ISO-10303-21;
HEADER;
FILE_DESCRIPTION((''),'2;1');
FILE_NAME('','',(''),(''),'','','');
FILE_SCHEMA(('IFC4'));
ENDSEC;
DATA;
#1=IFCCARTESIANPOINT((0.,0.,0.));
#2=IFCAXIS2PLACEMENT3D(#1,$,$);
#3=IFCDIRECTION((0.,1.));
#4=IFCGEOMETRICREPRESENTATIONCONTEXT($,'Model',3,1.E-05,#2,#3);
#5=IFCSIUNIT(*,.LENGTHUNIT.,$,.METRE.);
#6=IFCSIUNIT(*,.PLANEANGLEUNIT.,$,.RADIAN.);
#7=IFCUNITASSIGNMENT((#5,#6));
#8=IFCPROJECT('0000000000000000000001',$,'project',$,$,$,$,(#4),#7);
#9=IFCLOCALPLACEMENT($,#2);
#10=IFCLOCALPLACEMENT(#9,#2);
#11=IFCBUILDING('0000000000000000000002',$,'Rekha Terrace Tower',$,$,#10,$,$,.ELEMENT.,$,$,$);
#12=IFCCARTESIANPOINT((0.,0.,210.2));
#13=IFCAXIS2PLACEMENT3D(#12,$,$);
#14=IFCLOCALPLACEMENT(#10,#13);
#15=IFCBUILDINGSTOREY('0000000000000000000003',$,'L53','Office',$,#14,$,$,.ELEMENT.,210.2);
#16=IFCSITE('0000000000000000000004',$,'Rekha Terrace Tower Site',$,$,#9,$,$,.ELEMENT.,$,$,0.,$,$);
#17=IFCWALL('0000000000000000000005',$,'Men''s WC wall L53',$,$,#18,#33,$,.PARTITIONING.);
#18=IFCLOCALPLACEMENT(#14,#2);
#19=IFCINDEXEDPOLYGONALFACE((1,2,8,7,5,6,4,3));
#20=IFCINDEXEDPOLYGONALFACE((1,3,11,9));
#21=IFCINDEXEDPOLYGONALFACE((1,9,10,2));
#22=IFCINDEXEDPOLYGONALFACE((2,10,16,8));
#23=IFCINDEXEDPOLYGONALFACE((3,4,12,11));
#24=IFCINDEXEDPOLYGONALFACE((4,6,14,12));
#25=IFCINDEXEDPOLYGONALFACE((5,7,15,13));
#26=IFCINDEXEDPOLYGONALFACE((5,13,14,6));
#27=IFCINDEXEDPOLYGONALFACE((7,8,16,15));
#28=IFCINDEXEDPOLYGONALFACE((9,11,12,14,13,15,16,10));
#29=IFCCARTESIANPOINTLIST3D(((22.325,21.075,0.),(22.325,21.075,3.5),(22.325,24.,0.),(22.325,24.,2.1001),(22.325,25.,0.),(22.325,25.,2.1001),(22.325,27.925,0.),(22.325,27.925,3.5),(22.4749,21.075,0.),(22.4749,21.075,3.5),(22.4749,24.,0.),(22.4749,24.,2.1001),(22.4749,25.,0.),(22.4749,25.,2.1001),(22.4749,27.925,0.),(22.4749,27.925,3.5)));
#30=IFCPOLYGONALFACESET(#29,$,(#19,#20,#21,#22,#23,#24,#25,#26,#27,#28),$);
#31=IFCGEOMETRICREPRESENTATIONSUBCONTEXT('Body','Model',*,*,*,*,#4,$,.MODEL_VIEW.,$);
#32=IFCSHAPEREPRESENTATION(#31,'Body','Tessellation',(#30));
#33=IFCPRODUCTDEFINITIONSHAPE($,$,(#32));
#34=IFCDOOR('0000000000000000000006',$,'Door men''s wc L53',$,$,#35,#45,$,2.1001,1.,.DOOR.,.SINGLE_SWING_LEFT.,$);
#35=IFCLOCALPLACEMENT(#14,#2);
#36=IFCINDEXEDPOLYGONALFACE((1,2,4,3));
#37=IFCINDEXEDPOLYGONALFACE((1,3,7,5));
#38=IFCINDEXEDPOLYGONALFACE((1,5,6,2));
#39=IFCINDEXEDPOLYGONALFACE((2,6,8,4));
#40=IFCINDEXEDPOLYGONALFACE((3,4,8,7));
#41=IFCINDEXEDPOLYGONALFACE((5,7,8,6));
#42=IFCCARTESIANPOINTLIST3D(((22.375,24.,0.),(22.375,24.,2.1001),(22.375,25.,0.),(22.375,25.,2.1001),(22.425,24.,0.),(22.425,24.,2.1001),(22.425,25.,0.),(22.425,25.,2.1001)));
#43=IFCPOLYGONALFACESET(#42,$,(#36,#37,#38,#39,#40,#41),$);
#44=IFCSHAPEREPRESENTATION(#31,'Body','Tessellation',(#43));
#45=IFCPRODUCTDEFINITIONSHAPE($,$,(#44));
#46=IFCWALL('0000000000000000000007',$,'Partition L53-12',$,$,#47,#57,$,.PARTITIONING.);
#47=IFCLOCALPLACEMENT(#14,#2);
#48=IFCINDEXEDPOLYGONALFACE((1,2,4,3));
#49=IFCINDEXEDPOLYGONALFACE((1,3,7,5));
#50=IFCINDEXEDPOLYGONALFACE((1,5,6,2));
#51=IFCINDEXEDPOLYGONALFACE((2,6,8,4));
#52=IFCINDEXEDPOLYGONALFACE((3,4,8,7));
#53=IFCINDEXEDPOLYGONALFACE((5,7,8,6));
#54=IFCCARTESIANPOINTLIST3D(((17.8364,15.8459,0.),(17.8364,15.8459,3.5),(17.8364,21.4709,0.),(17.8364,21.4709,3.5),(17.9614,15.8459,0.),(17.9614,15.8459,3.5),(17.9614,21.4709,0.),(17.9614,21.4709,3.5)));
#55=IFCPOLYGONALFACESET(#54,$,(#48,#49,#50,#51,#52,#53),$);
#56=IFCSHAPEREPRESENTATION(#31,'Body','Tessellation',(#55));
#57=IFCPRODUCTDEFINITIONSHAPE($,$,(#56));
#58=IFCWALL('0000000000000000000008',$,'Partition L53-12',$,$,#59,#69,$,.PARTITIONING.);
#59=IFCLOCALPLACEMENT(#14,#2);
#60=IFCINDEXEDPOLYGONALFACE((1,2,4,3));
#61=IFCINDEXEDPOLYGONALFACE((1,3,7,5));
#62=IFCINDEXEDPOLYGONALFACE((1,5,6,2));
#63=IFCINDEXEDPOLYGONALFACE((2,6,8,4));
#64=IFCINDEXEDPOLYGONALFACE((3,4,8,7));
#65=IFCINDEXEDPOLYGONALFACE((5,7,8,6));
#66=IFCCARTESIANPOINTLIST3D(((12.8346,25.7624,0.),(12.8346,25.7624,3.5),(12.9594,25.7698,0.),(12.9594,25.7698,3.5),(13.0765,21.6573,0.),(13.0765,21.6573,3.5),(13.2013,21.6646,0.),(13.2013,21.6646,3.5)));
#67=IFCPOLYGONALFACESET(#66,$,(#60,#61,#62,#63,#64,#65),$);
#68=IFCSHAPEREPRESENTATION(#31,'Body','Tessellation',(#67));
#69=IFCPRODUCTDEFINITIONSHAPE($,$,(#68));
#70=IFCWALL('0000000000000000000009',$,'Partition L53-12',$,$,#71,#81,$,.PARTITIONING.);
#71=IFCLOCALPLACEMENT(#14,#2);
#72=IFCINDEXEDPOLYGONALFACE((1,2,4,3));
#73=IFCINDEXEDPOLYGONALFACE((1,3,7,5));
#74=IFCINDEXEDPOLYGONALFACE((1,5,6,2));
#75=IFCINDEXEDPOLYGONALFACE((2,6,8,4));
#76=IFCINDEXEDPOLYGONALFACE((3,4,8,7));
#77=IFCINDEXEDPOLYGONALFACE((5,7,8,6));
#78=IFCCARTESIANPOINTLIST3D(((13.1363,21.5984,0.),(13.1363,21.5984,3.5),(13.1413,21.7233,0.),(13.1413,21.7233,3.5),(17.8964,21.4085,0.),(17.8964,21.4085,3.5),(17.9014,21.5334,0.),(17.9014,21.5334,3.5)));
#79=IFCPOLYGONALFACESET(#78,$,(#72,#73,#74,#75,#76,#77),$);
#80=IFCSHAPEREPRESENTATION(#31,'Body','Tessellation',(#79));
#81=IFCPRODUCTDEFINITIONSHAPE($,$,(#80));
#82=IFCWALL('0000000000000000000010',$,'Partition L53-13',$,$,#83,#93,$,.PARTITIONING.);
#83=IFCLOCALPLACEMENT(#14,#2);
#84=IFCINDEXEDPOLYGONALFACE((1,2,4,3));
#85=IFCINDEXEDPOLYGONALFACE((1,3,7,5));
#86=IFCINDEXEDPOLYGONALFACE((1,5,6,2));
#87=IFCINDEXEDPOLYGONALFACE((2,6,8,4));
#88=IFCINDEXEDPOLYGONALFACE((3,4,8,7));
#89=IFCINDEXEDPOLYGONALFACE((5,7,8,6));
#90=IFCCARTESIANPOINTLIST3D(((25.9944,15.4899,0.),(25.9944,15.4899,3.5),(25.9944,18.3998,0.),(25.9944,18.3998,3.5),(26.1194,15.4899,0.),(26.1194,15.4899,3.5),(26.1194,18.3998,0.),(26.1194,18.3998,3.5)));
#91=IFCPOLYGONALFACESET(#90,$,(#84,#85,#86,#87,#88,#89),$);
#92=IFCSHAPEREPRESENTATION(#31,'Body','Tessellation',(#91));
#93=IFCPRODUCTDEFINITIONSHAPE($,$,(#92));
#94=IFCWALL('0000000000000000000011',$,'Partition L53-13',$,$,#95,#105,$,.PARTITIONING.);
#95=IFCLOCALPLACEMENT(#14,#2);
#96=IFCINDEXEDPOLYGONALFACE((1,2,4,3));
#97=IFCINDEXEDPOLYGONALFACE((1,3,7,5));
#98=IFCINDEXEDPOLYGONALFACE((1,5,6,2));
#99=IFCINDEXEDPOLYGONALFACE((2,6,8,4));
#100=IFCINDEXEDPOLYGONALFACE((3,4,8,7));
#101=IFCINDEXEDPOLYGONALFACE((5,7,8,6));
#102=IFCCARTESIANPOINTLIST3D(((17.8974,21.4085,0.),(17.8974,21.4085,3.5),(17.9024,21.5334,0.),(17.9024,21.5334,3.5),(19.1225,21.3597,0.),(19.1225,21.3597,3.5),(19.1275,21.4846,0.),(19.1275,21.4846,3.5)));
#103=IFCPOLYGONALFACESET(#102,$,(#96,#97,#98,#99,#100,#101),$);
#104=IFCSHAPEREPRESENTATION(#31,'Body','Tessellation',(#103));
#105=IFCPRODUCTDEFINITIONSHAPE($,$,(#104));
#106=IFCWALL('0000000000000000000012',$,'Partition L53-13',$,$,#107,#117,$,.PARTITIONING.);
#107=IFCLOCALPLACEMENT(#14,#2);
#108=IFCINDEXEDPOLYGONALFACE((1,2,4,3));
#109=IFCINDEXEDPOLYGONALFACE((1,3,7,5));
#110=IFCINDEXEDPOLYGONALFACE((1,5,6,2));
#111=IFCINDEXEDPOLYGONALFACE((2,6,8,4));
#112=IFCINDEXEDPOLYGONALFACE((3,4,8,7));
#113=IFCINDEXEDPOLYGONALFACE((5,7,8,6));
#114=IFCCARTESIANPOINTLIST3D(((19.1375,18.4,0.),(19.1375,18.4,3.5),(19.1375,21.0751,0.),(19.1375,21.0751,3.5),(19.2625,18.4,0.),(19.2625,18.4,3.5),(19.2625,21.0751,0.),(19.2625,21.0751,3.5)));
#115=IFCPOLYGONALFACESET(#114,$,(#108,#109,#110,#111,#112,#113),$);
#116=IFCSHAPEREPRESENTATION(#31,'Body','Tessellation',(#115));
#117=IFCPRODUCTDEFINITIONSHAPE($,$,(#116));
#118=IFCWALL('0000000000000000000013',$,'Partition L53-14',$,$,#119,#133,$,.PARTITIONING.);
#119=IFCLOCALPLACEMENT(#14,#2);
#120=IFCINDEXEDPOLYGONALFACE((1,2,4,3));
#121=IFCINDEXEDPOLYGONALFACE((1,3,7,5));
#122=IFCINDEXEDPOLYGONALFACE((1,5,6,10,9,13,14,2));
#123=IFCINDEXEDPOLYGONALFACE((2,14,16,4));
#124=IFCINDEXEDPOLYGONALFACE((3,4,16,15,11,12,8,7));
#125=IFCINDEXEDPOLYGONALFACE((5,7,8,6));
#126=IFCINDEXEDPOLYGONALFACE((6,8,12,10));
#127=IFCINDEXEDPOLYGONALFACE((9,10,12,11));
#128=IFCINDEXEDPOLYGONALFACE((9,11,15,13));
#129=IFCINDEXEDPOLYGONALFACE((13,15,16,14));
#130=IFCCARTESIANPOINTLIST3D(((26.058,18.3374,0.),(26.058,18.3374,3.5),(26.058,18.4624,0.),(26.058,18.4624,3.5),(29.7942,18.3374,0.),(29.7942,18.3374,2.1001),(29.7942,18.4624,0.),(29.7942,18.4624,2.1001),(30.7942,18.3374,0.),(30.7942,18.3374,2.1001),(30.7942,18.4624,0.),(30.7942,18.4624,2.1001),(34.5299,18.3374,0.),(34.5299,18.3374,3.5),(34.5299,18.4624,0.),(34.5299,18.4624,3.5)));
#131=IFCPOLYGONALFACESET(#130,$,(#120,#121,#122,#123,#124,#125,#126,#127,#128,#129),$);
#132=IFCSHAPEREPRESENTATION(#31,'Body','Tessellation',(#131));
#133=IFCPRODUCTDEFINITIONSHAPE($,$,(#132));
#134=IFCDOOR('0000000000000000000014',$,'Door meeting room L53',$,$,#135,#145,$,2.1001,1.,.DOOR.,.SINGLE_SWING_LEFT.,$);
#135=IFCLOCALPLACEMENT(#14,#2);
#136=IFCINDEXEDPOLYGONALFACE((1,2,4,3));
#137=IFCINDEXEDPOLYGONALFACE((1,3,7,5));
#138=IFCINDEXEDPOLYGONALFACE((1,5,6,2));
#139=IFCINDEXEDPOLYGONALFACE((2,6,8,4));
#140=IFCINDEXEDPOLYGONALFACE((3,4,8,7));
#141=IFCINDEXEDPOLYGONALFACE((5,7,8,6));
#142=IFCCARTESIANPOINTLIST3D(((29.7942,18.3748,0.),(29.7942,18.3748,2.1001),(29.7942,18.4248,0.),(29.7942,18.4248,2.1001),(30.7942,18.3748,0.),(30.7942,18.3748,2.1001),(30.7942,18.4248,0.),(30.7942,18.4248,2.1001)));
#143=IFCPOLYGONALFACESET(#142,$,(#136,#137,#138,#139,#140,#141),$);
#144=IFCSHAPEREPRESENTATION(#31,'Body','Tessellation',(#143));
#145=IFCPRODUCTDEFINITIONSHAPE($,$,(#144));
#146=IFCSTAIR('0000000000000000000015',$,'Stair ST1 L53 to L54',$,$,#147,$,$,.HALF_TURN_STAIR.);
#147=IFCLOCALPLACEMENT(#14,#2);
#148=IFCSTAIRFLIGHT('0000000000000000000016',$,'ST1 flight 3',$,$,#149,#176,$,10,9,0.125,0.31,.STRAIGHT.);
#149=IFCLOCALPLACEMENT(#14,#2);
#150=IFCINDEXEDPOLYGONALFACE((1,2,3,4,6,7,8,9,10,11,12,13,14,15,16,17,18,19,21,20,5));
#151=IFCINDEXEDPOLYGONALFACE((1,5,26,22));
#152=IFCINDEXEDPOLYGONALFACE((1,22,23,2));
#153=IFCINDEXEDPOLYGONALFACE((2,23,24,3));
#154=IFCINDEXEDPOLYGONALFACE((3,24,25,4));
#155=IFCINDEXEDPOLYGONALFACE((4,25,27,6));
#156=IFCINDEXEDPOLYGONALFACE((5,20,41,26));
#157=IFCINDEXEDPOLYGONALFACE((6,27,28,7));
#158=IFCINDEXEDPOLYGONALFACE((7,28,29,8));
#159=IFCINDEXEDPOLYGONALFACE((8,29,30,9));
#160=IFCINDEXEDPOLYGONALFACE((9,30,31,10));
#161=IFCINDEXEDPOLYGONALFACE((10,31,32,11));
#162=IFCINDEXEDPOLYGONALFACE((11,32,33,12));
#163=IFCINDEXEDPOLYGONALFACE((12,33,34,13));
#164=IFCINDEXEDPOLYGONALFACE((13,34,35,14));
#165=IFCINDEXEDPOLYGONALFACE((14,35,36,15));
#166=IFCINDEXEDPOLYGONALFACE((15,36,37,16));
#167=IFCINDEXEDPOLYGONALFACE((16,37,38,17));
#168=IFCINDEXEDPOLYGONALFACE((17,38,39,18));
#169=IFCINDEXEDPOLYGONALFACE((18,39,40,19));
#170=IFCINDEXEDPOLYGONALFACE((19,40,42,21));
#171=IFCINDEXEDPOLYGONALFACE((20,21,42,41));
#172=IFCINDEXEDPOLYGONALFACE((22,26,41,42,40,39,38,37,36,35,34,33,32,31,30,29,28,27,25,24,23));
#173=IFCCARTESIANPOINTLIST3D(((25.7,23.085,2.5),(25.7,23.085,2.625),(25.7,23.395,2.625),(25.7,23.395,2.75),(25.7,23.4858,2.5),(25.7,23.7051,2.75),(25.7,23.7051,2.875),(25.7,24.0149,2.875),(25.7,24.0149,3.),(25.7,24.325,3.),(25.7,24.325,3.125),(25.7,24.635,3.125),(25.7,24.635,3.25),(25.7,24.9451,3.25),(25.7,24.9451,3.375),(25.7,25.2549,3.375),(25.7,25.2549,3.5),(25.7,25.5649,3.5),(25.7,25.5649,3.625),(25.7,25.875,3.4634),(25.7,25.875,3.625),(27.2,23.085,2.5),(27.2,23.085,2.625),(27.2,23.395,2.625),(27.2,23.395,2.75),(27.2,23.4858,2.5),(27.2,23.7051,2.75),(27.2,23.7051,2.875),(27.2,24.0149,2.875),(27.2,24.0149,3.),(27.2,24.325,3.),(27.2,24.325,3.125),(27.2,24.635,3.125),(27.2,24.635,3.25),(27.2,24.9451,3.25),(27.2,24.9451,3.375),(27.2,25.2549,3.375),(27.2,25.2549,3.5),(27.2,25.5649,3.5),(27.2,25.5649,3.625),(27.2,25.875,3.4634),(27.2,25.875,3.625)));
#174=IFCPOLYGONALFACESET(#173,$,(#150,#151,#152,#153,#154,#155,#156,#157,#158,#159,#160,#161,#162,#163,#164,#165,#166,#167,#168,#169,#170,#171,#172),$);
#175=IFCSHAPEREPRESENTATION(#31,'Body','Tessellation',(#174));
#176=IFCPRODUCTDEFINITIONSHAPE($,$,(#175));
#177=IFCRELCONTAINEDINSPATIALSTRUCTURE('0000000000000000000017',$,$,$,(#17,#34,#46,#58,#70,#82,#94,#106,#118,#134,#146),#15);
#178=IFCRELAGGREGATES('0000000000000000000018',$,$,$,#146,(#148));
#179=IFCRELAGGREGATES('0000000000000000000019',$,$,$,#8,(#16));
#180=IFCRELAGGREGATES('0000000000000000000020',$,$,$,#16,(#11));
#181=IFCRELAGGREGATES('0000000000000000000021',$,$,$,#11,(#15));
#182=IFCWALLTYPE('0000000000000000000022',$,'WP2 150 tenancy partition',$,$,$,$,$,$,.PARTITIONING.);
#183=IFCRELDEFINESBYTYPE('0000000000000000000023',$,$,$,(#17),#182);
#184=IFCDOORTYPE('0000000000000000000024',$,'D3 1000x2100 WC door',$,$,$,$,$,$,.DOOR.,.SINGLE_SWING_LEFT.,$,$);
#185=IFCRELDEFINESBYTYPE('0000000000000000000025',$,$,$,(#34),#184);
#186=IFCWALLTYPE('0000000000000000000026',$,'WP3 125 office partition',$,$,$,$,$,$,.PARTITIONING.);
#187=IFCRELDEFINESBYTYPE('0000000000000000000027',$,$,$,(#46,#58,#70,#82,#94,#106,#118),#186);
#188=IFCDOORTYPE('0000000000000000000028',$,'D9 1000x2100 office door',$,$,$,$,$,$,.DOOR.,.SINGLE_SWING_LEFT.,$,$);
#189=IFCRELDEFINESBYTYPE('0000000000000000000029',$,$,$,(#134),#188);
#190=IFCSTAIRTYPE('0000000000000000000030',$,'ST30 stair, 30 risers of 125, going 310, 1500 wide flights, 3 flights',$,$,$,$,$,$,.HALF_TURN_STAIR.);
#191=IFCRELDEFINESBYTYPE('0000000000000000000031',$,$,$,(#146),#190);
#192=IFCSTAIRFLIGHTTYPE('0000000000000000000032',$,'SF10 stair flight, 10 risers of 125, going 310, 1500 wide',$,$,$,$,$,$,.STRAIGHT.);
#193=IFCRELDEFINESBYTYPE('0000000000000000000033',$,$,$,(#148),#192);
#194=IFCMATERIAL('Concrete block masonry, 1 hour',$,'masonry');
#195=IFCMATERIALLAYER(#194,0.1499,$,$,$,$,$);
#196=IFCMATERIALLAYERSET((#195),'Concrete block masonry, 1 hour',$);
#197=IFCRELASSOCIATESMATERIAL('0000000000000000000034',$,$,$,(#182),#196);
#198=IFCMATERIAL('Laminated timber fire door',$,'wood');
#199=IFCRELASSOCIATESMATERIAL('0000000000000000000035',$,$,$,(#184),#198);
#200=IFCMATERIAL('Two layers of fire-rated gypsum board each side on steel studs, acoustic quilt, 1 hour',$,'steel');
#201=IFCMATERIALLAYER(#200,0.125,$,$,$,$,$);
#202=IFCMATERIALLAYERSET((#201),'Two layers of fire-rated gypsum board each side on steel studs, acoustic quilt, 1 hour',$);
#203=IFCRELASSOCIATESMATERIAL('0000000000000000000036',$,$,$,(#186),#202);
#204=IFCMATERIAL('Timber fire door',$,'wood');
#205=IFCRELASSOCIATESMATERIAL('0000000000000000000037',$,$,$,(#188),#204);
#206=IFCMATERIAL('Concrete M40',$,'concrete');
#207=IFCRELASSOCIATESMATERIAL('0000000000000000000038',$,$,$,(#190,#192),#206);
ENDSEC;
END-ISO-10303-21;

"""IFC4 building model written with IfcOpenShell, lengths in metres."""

from ifc_helpers import new_model, si_unit, direction, frame, frame_2d, origin, place, context, subcontext, project, spatial, polyline, rectangle, outline, extrude, material, layer, layer_set, type_object, element, fill, aggregate, save


model = new_model("IFC4")

# Units and contexts
model_context = context("Model", 3, precision=1e-05, world=origin(), true_north=direction((0.0, 1.0)))
body_context = subcontext(model_context, "Body", "Model", "MODEL_VIEW")
ifc_project = project(units=[si_unit("LENGTHUNIT", "METRE"), si_unit("PLANEANGLEUNIT", "RADIAN")], contexts=[model_context])

# Site, building, storey
site_placement = place(None, origin())
site = spatial("IfcSite", under=ifc_project, at=site_placement, Name="Rekha Terrace Tower Site", CompositionType="ELEMENT", RefElevation=0.0)
building_placement = place(site_placement, origin())
building = spatial("IfcBuilding", under=site, at=building_placement, Name="Rekha Terrace Tower", CompositionType="ELEMENT")
storey_placement = place(building_placement, frame((0.0, 0.0, 210.2)))
storey = spatial("IfcBuildingStorey", under=building, at=storey_placement, Name="L53", Description="Office", CompositionType="ELEMENT", Elevation=210.2)

# Shared definitions
ifc_material_1 = material(Name="Concrete block masonry, 1 hour", Category="masonry")
ifc_layer_1 = layer(ifc_material_1, 0.1499)
ifc_layer_set_1 = layer_set([ifc_layer_1], Name="Concrete block masonry, 1 hour")
wall_type_1 = type_object("IfcWallType", Name="WP2 150 tenancy partition", PredefinedType="PARTITIONING", material=ifc_layer_set_1)

# Wall, opening, door
wall_1_placement = place(storey_placement, frame((22.3999, 21.075, 0.0), z_axis=(0.0, 0.0, 1.0), x_axis=(0.0, 1.0, 0.0)))
wall_1 = element("IfcWall", 1, at=wall_1_placement, inside=storey, type_object=wall_type_1, Name="Men's WC wall L53", PredefinedType="PARTITIONING", context=body_context, shape_type="SweptSolid", body=[
    extrude(rectangle(XDim=6.8501, YDim=0.1499, at=frame_2d((3.425, 0.0))), origin(), (0.0, 0.0, 1.0), 3.5),
])
opening_1_placement = place(wall_1_placement, frame((2.925, 0.0, 0.0)))
opening_1 = element("IfcOpeningElement", 2, at=opening_1_placement, cuts=wall_1, PredefinedType="OPENING", context=body_context, shape_type="SweptSolid", body=[
    extrude(rectangle(XDim=1.0, YDim=2.1001, at=frame_2d((0.5, 1.05))), frame((0.0, 0.085, 0.0), z_axis=(0.0, -1.0, 0.0), x_axis=(1.0, 0.0, 0.0)), (0.0, 0.0, 1.0), 0.1699),
])
ifc_material_2 = material(Name="Laminated timber fire door", Category="wood")
door_type_1 = type_object("IfcDoorType", Name="D3 1000x2100 WC door", OperationType="SINGLE_SWING_LEFT", PredefinedType="DOOR", material=ifc_material_2)
door_1_placement = place(opening_1_placement, origin())
door_1 = element("IfcDoor", 3, at=door_1_placement, inside=storey, type_object=door_type_1, Name="Door men's wc L53", OperationType="SINGLE_SWING_LEFT", OverallHeight=2.1001, OverallWidth=1.0, PredefinedType="DOOR", context=body_context, shape_type="SweptSolid", body=[
    extrude(rectangle(XDim=1.0, YDim=2.1001, at=frame_2d((0.5, 1.05))), frame((0.0, 0.0249, 0.0), z_axis=(0.0, -1.0, 0.0), x_axis=(1.0, 0.0, 0.0)), (0.0, 0.0, 1.0), 0.05),
])
fill(opening_1, door_1)

# Walls
ifc_material_3 = material(Name="Two layers of fire-rated gypsum board each side on steel studs, acoustic quilt, 1 hour", Category="steel")
ifc_layer_2 = layer(ifc_material_3, 0.125)
ifc_layer_set_2 = layer_set([ifc_layer_2], Name="Two layers of fire-rated gypsum board each side on steel studs, acoustic quilt, 1 hour")
wall_type_2 = type_object("IfcWallType", Name="WP3 125 office partition", PredefinedType="PARTITIONING", material=ifc_layer_set_2)
wall_2_placement = place(storey_placement, frame((17.8989, 21.4709, 0.0), z_axis=(0.0, 0.0, 1.0), x_axis=(0.0, -1.0, 0.0)))
element("IfcWall", 4, at=wall_2_placement, inside=storey, type_object=wall_type_2, Name="Partition L53-12", PredefinedType="PARTITIONING", context=body_context, shape_type="SweptSolid", body=[
    extrude(rectangle(XDim=5.625, YDim=0.125, at=frame_2d((2.8125, 0.0))), origin(), (0.0, 0.0, 1.0), 3.5),
])
wall_3_placement = place(storey_placement, frame((12.897, 25.7661, 0.0), z_axis=(0.0, 0.0, 1.0), x_axis=(0.058833, -0.998268, 0.0)))
element("IfcWall", 5, at=wall_3_placement, inside=storey, type_object=wall_type_2, Name="Partition L53-12", PredefinedType="PARTITIONING", context=body_context, shape_type="SweptSolid", body=[
    extrude(rectangle(XDim=4.1123, YDim=0.125, at=frame_2d((2.0562, 0.0))), origin(), (0.0, 0.0, 1.0), 3.5),
])
wall_4_placement = place(storey_placement, frame((13.1389, 21.6609, 0.0), z_axis=(0.0, 0.0, 1.0), x_axis=(0.999205, -0.039872, 0.0)))
element("IfcWall", 6, at=wall_4_placement, inside=storey, type_object=wall_type_2, Name="Partition L53-12", PredefinedType="PARTITIONING", context=body_context, shape_type="SweptSolid", body=[
    extrude(rectangle(XDim=4.7639, YDim=0.125, at=frame_2d((2.3818, 0.0))), origin(), (0.0, 0.0, 1.0), 3.5),
])
wall_5_placement = place(storey_placement, frame((26.0569, 18.3999, 0.0), z_axis=(0.0, 0.0, 1.0), x_axis=(0.0, -1.0, 0.0)))
element("IfcWall", 7, at=wall_5_placement, inside=storey, type_object=wall_type_2, Name="Partition L53-13", PredefinedType="PARTITIONING", context=body_context, shape_type="SweptSolid", body=[
    extrude(rectangle(XDim=2.9099, YDim=0.125, at=frame_2d((1.4551, 0.0))), origin(), (0.0, 0.0, 1.0), 3.5),
])
wall_6_placement = place(storey_placement, frame((17.8999, 21.4709, 0.0), z_axis=(0.0, 0.0, 1.0), x_axis=(0.999207, -0.039825, 0.0)))
element("IfcWall", 8, at=wall_6_placement, inside=storey, type_object=wall_type_2, Name="Partition L53-13", PredefinedType="PARTITIONING", context=body_context, shape_type="SweptSolid", body=[
    extrude(rectangle(XDim=1.2261, YDim=0.125, at=frame_2d((0.613, 0.0))), origin(), (0.0, 0.0, 1.0), 3.5),
])
wall_7_placement = place(storey_placement, frame((19.2, 21.075, 0.0), z_axis=(0.0, 0.0, 1.0), x_axis=(0.0, -1.0, 0.0)))
element("IfcWall", 9, at=wall_7_placement, inside=storey, type_object=wall_type_2, Name="Partition L53-13", PredefinedType="PARTITIONING", context=body_context, shape_type="SweptSolid", body=[
    extrude(rectangle(XDim=2.675, YDim=0.125, at=frame_2d((1.3374, 0.0))), origin(), (0.0, 0.0, 1.0), 3.5),
])

# Wall, opening, door
wall_8_placement = place(storey_placement, frame((26.0581, 18.3999, 0.0), z_axis=(0.0, 0.0, 1.0), x_axis=(1.0, 0.0, 0.0)))
wall_8 = element("IfcWall", 10, at=wall_8_placement, inside=storey, type_object=wall_type_2, Name="Partition L53-14", PredefinedType="PARTITIONING", context=body_context, shape_type="SweptSolid", body=[
    extrude(rectangle(XDim=8.4719, YDim=0.125, at=frame_2d((4.2358, 0.0))), origin(), (0.0, 0.0, 1.0), 3.5),
])
opening_2_placement = place(wall_8_placement, frame((3.7361, 0.0, 0.0)))
opening_2 = element("IfcOpeningElement", 11, at=opening_2_placement, cuts=wall_8, PredefinedType="OPENING", context=body_context, shape_type="SweptSolid", body=[
    extrude(rectangle(XDim=1.0, YDim=2.1001, at=frame_2d((0.5, 1.05))), frame((0.0, 0.0725, 0.0), z_axis=(0.0, -1.0, 0.0), x_axis=(1.0, 0.0, 0.0)), (0.0, 0.0, 1.0), 0.145),
])
ifc_material_4 = material(Name="Timber fire door", Category="wood")
door_type_2 = type_object("IfcDoorType", Name="D9 1000x2100 office door", OperationType="SINGLE_SWING_LEFT", PredefinedType="DOOR", material=ifc_material_4)
door_2_placement = place(opening_2_placement, origin())
door_2 = element("IfcDoor", 12, at=door_2_placement, inside=storey, type_object=door_type_2, Name="Door meeting room L53", OperationType="SINGLE_SWING_LEFT", OverallHeight=2.1001, OverallWidth=1.0, PredefinedType="DOOR", context=body_context, shape_type="SweptSolid", body=[
    extrude(rectangle(XDim=1.0, YDim=2.1001, at=frame_2d((0.5, 1.05))), frame((0.0, 0.0249, 0.0), z_axis=(0.0, -1.0, 0.0), x_axis=(1.0, 0.0, 0.0)), (0.0, 0.0, 1.0), 0.05),
])
fill(opening_2, door_2)

# Stair, stair flight
ifc_material_5 = material(Name="Concrete M40", Category="concrete")
stair_type = type_object("IfcStairType", Name="ST30 stair, 30 risers of 125, going 310, 1500 wide flights, 3 flights", PredefinedType="HALF_TURN_STAIR", material=ifc_material_5)
stair_placement = place(storey_placement, origin())
stair = element("IfcStair", 13, at=stair_placement, inside=storey, type_object=stair_type, Name="Stair ST1 L53 to L54", PredefinedType="HALF_TURN_STAIR")
stair_flight_type = type_object("IfcStairFlightType", Name="SF10 stair flight, 10 risers of 125, going 310, 1500 wide", PredefinedType="STRAIGHT", material=ifc_material_5)
stair_flight_placement = place(storey_placement, frame((26.45, 23.085, 2.5), z_axis=(0.0, 0.0, 1.0), x_axis=(0.0, 1.0, 0.0)))
stair_flight = element("IfcStairFlight", 14, at=stair_flight_placement, type_object=stair_flight_type, Name="ST1 flight 3", NumberOfRisers=10, NumberOfTreads=9, PredefinedType="STRAIGHT", RiserHeight=0.125, TreadLength=0.31, context=body_context, shape_type="SweptSolid", body=[
    extrude(outline(polyline([(0.0, 0.0), (0.0, 0.125), (0.3101, 0.125), (0.3101, 0.25), (0.6201, 0.25), (0.6201, 0.375), (0.9299, 0.375), (0.9299, 0.5), (1.24, 0.5), (1.24, 0.625), (1.55, 0.625), (1.55, 0.75), (1.8601, 0.75), (1.8601, 0.875), (2.1699, 0.875), (2.1699, 1.0), (2.48, 1.0), (2.48, 1.125), (2.79, 1.125), (2.79, 1.25), (2.79, 0.9634), (0.4009, 0.0), (0.0, 0.0)])), frame((0.0, 0.75, 0.0), z_axis=(0.0, -1.0, 0.0), x_axis=(1.0, 0.0, 0.0)), (0.0, 0.0, 1.0), 1.5),
])
aggregate(stair, [stair_flight])

save(model, "model.ifc")
